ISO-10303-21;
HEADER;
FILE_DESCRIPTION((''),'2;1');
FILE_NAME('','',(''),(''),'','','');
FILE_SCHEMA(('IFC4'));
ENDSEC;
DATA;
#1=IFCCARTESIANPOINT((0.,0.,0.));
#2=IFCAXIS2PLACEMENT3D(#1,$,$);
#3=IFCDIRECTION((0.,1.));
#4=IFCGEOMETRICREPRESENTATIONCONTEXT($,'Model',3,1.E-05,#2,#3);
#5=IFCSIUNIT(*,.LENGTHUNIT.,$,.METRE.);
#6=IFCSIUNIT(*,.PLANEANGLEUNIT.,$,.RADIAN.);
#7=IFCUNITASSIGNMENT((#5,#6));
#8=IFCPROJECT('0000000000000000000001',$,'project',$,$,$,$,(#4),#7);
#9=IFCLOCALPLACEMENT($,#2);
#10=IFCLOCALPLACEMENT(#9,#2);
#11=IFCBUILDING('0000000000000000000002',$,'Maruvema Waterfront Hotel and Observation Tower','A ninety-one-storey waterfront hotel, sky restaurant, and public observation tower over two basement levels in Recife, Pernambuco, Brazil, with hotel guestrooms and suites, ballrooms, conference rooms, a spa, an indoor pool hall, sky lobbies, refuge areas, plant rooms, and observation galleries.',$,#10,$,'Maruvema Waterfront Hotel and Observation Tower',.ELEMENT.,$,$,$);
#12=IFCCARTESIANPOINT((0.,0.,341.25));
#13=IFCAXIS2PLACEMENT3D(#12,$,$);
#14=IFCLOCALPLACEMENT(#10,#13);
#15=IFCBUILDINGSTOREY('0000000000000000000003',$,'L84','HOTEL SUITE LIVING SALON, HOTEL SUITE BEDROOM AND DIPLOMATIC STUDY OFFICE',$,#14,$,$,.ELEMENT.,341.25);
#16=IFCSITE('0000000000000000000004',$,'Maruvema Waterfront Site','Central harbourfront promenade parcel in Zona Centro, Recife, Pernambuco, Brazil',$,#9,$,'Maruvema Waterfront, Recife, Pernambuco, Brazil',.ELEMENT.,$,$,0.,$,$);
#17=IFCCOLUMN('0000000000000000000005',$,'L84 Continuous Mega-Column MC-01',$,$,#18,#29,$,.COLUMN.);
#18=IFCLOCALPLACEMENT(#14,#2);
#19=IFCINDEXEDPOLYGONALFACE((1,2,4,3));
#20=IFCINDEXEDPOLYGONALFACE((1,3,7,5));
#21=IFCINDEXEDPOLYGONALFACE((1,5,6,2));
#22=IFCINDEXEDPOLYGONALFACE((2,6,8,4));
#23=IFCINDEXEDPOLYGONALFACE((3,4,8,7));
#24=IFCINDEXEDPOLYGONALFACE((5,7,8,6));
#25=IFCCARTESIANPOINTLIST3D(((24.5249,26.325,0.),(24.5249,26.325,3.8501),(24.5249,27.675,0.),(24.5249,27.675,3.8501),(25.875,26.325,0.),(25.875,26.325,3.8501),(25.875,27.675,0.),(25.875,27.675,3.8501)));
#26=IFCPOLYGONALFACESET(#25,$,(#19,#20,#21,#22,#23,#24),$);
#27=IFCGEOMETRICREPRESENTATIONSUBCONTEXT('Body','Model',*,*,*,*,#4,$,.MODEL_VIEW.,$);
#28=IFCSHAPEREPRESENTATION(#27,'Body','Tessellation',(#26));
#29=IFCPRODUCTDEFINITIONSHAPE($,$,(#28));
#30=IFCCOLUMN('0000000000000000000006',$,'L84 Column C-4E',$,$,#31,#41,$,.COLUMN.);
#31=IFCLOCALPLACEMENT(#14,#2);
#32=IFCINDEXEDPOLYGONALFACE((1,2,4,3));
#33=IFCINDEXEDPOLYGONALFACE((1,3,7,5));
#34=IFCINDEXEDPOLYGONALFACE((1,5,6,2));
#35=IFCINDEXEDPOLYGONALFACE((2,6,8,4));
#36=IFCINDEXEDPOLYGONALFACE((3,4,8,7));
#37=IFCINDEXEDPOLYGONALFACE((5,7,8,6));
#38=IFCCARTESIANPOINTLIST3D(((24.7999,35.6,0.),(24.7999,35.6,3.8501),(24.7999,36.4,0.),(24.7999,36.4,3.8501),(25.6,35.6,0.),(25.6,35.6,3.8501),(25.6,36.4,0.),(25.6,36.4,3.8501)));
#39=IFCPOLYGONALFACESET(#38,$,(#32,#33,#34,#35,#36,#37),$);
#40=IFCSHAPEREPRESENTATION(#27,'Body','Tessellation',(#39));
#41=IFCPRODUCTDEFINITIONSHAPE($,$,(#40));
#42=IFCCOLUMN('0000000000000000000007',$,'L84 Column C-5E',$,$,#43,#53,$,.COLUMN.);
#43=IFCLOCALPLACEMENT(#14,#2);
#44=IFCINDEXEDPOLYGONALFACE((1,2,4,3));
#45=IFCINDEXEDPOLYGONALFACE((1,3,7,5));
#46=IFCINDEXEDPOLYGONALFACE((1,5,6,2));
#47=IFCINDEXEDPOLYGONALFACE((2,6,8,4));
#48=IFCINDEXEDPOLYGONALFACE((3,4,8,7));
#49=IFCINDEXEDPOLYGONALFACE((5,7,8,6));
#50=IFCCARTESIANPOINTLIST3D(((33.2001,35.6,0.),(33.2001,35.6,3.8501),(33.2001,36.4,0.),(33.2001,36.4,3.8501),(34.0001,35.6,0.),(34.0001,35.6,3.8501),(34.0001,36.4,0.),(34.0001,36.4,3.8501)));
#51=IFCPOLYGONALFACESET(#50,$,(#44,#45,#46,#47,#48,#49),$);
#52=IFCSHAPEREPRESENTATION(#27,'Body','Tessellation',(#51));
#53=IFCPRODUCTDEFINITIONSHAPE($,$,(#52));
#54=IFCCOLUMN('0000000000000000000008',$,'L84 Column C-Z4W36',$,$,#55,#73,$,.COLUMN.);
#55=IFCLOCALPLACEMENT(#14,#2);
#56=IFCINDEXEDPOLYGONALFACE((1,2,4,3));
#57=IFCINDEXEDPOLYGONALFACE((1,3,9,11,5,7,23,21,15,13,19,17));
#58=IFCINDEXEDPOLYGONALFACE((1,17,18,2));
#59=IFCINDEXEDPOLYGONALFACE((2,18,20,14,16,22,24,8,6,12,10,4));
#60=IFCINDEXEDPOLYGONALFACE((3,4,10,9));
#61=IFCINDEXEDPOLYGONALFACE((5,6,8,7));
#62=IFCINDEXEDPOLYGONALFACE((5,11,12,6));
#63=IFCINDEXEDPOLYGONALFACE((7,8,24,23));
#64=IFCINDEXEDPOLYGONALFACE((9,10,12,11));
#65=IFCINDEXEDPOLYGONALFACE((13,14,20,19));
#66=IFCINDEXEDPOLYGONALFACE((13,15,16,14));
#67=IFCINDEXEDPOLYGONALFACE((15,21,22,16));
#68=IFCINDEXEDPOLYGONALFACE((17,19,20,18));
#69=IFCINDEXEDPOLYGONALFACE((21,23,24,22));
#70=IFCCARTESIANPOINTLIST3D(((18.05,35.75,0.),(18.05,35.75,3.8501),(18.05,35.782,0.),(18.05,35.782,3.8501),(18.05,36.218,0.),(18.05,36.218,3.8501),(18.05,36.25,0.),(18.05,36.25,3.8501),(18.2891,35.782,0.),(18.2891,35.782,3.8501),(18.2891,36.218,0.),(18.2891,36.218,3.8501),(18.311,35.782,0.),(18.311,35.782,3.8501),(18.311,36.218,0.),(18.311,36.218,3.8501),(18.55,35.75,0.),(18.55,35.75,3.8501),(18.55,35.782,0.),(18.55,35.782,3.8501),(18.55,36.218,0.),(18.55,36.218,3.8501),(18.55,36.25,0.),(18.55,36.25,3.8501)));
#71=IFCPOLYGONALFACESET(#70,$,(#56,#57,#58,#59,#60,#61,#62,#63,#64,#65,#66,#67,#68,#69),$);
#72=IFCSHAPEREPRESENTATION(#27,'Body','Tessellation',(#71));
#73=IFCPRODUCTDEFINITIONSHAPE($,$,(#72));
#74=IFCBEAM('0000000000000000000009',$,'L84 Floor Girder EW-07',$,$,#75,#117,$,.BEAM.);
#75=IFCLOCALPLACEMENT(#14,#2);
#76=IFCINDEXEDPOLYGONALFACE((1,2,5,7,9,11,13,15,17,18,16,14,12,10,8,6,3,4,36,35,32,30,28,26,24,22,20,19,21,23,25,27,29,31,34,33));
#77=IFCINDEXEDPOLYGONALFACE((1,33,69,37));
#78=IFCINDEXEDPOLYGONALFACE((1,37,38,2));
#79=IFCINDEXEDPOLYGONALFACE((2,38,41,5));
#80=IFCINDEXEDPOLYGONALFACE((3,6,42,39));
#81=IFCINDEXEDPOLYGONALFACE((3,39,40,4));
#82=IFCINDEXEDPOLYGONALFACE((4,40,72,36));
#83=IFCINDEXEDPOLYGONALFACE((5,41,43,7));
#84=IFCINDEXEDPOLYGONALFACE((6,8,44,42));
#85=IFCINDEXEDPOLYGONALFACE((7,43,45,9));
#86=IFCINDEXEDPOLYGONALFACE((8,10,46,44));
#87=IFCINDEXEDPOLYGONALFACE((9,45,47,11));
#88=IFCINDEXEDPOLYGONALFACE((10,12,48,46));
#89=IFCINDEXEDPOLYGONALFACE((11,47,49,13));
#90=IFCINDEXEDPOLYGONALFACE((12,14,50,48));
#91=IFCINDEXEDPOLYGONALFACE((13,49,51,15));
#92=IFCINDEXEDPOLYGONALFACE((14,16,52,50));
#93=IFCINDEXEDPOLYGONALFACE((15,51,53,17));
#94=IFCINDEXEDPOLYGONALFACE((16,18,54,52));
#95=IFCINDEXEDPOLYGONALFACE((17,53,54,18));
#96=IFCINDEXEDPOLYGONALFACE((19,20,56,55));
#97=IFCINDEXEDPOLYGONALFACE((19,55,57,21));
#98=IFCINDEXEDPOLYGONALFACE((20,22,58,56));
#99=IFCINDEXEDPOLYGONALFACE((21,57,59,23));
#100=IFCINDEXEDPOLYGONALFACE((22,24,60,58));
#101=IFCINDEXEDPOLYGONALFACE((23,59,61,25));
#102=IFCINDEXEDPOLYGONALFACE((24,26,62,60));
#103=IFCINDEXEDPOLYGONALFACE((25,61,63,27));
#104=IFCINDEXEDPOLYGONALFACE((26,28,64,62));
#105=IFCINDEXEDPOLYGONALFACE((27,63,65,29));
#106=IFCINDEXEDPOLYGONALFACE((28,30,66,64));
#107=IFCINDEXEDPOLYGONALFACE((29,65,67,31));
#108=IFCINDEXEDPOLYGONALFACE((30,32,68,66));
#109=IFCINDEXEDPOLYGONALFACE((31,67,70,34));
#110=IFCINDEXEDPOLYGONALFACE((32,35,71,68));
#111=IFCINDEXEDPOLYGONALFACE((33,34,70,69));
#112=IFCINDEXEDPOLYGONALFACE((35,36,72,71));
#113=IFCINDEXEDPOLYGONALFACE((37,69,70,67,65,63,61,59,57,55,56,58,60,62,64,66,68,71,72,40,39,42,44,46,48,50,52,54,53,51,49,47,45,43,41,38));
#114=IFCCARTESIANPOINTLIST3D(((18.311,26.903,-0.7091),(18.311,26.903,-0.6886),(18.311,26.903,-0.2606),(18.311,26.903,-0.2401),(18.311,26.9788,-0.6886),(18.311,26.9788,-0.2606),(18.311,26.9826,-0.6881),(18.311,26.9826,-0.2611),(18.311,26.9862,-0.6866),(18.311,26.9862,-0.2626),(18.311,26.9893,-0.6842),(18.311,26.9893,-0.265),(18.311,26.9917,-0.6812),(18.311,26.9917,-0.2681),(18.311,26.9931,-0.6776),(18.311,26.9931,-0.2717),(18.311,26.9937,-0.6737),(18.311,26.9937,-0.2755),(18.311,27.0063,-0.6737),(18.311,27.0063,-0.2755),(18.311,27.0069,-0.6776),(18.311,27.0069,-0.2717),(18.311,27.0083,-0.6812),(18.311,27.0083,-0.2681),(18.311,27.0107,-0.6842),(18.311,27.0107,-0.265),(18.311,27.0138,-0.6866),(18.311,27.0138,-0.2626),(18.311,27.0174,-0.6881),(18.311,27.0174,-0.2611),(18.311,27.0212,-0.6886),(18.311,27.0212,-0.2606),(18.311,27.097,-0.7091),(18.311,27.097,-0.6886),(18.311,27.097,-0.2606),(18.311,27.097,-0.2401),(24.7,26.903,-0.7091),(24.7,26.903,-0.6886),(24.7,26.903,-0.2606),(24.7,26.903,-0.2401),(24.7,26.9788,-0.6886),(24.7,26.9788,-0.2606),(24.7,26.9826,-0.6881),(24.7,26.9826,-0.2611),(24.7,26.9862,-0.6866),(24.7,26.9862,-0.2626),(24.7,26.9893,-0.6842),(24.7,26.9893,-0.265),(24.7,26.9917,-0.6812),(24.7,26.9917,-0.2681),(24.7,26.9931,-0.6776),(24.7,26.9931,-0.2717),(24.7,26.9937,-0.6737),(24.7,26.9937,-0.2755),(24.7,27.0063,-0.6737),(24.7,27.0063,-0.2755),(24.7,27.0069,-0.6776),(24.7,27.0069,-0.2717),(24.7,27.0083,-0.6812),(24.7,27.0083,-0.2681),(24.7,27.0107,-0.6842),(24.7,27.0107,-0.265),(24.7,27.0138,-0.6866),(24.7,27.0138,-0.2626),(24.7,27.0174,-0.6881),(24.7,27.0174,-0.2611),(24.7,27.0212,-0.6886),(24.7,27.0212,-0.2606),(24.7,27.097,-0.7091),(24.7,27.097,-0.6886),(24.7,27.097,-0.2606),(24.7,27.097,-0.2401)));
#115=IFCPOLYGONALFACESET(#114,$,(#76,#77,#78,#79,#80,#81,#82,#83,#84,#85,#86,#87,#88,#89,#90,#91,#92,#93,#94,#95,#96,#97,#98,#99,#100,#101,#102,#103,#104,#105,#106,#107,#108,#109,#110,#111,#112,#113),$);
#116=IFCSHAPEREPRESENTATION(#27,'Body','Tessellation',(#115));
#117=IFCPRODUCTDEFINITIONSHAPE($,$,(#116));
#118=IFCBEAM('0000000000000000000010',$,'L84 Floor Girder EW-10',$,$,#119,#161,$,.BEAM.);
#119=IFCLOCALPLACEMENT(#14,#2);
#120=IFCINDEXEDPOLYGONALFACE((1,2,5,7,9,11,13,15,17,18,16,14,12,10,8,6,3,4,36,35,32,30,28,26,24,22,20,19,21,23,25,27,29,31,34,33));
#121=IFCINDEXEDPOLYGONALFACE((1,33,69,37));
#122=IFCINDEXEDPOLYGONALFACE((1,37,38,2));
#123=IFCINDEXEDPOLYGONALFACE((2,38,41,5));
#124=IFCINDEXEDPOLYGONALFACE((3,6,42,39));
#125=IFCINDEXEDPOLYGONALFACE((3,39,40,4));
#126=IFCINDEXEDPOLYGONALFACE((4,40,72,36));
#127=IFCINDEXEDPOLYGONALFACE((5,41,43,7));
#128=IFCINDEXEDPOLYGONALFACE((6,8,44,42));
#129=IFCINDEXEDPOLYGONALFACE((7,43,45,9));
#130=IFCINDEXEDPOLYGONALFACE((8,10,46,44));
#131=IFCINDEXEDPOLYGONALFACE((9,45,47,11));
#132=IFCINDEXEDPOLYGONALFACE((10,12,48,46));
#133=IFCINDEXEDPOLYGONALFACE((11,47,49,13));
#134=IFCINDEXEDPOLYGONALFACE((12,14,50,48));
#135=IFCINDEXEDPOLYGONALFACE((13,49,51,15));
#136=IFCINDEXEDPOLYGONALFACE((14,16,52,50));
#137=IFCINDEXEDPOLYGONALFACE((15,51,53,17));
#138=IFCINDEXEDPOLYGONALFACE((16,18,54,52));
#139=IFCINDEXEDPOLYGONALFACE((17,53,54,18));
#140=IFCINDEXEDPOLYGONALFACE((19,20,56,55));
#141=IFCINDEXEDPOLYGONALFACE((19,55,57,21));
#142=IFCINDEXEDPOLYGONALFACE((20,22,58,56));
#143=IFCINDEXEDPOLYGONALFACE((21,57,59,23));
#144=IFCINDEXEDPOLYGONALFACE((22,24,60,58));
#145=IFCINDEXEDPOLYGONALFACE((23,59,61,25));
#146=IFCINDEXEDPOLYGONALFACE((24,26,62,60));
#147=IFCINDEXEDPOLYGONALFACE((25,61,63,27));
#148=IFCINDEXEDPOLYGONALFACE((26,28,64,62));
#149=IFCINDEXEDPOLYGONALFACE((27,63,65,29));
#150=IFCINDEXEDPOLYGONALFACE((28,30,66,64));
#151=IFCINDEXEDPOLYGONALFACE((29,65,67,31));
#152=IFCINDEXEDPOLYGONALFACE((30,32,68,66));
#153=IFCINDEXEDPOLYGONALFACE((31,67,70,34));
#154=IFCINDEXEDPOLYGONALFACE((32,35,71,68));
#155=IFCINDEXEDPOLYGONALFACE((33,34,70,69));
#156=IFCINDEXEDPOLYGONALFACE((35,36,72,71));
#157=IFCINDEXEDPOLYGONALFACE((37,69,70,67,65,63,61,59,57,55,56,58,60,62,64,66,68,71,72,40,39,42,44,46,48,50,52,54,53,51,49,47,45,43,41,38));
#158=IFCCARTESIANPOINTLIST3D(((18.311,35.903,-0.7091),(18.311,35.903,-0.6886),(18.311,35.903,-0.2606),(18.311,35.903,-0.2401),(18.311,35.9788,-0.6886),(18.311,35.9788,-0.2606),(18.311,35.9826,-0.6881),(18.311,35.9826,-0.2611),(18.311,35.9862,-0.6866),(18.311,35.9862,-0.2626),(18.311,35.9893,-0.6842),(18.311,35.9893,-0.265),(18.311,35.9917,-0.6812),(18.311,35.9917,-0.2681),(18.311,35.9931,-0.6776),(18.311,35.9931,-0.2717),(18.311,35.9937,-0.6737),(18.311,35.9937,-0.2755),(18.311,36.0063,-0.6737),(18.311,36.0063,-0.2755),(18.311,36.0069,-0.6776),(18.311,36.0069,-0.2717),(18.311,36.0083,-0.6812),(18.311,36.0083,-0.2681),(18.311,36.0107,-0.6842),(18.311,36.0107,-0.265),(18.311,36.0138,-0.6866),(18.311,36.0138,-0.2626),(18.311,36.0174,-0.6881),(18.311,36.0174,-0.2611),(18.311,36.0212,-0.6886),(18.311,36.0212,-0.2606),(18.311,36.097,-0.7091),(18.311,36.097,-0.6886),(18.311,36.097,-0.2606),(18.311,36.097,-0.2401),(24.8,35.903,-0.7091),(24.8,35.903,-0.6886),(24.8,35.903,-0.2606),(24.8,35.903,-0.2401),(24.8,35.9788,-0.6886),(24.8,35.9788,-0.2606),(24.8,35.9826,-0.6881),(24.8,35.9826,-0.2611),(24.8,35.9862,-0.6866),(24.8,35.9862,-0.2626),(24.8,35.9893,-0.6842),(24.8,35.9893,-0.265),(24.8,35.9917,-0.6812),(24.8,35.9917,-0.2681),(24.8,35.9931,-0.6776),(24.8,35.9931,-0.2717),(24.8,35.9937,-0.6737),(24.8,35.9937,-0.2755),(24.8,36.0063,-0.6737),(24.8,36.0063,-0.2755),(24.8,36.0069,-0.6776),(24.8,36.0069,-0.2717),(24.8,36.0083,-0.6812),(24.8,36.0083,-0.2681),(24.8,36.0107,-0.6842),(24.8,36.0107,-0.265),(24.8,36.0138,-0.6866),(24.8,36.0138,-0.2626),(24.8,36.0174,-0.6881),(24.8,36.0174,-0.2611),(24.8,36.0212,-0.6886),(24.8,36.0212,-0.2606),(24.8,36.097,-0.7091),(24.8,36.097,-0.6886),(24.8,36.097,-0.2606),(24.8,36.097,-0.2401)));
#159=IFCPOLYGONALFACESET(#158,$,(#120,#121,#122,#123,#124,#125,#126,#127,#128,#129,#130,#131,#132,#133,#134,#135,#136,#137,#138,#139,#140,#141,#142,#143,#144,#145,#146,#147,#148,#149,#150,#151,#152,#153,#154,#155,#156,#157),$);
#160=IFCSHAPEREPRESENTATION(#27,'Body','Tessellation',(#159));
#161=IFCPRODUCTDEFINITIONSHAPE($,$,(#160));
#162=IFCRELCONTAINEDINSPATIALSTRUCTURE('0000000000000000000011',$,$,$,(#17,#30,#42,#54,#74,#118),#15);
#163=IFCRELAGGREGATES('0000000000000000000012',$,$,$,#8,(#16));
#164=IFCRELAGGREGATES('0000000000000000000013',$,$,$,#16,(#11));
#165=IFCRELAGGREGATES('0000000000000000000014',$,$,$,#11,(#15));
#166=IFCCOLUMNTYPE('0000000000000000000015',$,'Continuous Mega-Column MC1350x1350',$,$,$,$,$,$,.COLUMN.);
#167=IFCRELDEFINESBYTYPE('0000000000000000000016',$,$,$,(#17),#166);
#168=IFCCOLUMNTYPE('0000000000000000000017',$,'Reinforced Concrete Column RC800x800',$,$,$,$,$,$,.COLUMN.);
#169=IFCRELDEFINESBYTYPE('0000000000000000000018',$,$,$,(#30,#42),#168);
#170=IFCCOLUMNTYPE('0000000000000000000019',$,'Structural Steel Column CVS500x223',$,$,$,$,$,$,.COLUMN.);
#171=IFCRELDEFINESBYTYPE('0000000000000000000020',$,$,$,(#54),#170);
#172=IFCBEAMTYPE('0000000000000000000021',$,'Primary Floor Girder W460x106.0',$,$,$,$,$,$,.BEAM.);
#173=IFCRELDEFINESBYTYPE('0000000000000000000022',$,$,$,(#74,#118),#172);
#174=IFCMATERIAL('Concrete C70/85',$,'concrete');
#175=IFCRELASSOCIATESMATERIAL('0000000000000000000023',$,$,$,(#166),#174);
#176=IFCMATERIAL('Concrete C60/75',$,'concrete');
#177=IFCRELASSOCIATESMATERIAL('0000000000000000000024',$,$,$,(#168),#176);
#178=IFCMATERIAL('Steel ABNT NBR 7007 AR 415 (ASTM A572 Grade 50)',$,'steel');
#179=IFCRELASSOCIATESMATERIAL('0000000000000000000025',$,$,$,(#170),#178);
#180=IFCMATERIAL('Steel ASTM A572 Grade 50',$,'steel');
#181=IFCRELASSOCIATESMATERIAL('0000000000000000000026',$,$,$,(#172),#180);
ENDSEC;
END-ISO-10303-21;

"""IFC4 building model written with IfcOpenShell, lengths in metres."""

from ifc_helpers import new_model, si_unit, direction, frame, origin, origin_2d, place, context, subcontext, project, spatial, rectangle, i_section, extrude, material, material_profile, profile_set, type_object, element, save


model = new_model("IFC4")

# Units and contexts
model_context = context("Model", 3, precision=1e-05, world=origin(), true_north=direction((0.0, 1.0)))
body_context = subcontext(model_context, "Body", "Model", "MODEL_VIEW")
ifc_project = project(units=[si_unit("LENGTHUNIT", "METRE"), si_unit("PLANEANGLEUNIT", "RADIAN")], contexts=[model_context])

# Site, building, storey
site_placement = place(None, origin())
site = spatial("IfcSite", under=ifc_project, at=site_placement, Name="Maruvema Waterfront Site", Description="Central harbourfront promenade parcel in Zona Centro, Recife, Pernambuco, Brazil", LongName="Maruvema Waterfront, Recife, Pernambuco, Brazil", CompositionType="ELEMENT", RefElevation=0.0)
building_placement = place(site_placement, origin())
building = spatial("IfcBuilding", under=site, at=building_placement, Name="Maruvema Waterfront Hotel and Observation Tower", Description="A ninety-one-storey waterfront hotel, sky restaurant, and public observation tower over two basement levels in Recife, Pernambuco, Brazil, with hotel guestrooms and suites, ballrooms, conference rooms, a spa, an indoor pool hall, sky lobbies, refuge areas, plant rooms, and observation galleries.", LongName="Maruvema Waterfront Hotel and Observation Tower", CompositionType="ELEMENT")
storey_placement = place(building_placement, frame((0.0, 0.0, 341.25)))
storey = spatial("IfcBuildingStorey", under=building, at=storey_placement, Name="L84", Description="HOTEL SUITE LIVING SALON, HOTEL SUITE BEDROOM AND DIPLOMATIC STUDY OFFICE", CompositionType="ELEMENT", Elevation=341.25)

# Columns
ifc_material_1 = material(Name="Concrete C70/85", Category="concrete")
ifc_material_profile_1 = material_profile(ifc_material_1, rectangle(XDim=1.3501, YDim=1.3501, at=origin_2d()), Name="MC1350x1350")
ifc_profile_set_1 = profile_set([ifc_material_profile_1], Name="Concrete C70/85")
column_type_1 = type_object("IfcColumnType", Name="Continuous Mega-Column MC1350x1350", PredefinedType="COLUMN", material=ifc_profile_set_1)
column_1_placement = place(storey_placement, frame((25.2, 27.0, 0.0), z_axis=(0.0, 0.0, 1.0), x_axis=(1.0, 0.0, 0.0)))
element("IfcColumn", 1, at=column_1_placement, inside=storey, type_object=column_type_1, Name="L84 Continuous Mega-Column MC-01", PredefinedType="COLUMN", context=body_context, shape_type="SweptSolid", body=[
    extrude(rectangle(XDim=1.3501, YDim=1.3501, at=origin_2d()), origin(), (0.0, 0.0, 1.0), 3.8501),
])
ifc_material_2 = material(Name="Concrete C60/75", Category="concrete")
ifc_material_profile_2 = material_profile(ifc_material_2, rectangle(XDim=0.8, YDim=0.8, at=origin_2d()), Name="RC800x800")
ifc_profile_set_2 = profile_set([ifc_material_profile_2], Name="Concrete C60/75")
column_type_2 = type_object("IfcColumnType", Name="Reinforced Concrete Column RC800x800", PredefinedType="COLUMN", material=ifc_profile_set_2)
for number, where, z_axis, x_axis, name in (
    (2, (25.2, 36.0, 0.0), (0.0, 0.0, 1.0), (1.0, 0.0, 0.0), "L84 Column C-4E"),
    (3, (33.6001, 36.0, 0.0), (0.0, 0.0, 1.0), (1.0, 0.0, 0.0), "L84 Column C-5E"),
):
    element("IfcColumn", number, at=place(storey_placement, frame(where, z_axis=z_axis, x_axis=x_axis)), inside=storey, type_object=column_type_2, Name=name, PredefinedType="COLUMN", context=body_context, shape_type="SweptSolid", body=[
        extrude(rectangle(XDim=0.8, YDim=0.8, at=origin_2d()), origin(), (0.0, 0.0, 1.0), 3.8501),
    ])
ifc_material_3 = material(Name="Steel ABNT NBR 7007 AR 415 (ASTM A572 Grade 50)", Category="steel")
ifc_material_profile_3 = material_profile(ifc_material_3, i_section(OverallWidth=0.5, OverallDepth=0.5, WebThickness=0.022, FlangeThickness=0.032, at=origin_2d()), Name="CVS500x223")
ifc_profile_set_3 = profile_set([ifc_material_profile_3], Name="Steel ABNT NBR 7007 AR 415 (ASTM A572 Grade 50)")
column_type_3 = type_object("IfcColumnType", Name="Structural Steel Column CVS500x223", PredefinedType="COLUMN", material=ifc_profile_set_3)
column_2_placement = place(storey_placement, frame((18.3, 36.0, 0.0), z_axis=(0.0, 0.0, 1.0), x_axis=(1.0, 0.0, 0.0)))
element("IfcColumn", 4, at=column_2_placement, inside=storey, type_object=column_type_3, Name="L84 Column C-Z4W36", PredefinedType="COLUMN", context=body_context, shape_type="SweptSolid", body=[
    extrude(i_section(OverallWidth=0.5, OverallDepth=0.5, WebThickness=0.022, FlangeThickness=0.032, at=origin_2d()), origin(), (0.0, 0.0, 1.0), 3.8501),
])

# Beams
ifc_material_4 = material(Name="Steel ASTM A572 Grade 50", Category="steel")
ifc_material_profile_4 = material_profile(ifc_material_4, i_section(OverallWidth=0.1941, OverallDepth=0.469, WebThickness=0.0127, FlangeThickness=0.0205, FilletRadius=0.0149, at=origin_2d()), Name="W460x106.0")
ifc_profile_set_4 = profile_set([ifc_material_profile_4], Name="Steel ASTM A572 Grade 50")
beam_type_1 = type_object("IfcBeamType", Name="Primary Floor Girder W460x106.0", PredefinedType="BEAM", material=ifc_profile_set_4)
beam_1_placement = place(storey_placement, frame((18.311, 27.0, -0.4746), z_axis=(1.0, 0.0, 0.0), x_axis=(0.0, 1.0, 0.0)))
element("IfcBeam", 5, at=beam_1_placement, inside=storey, type_object=beam_type_1, Name="L84 Floor Girder EW-07", PredefinedType="BEAM", context=body_context, shape_type="SweptSolid", body=[
    extrude(i_section(OverallWidth=0.1941, OverallDepth=0.469, WebThickness=0.0127, FlangeThickness=0.0205, FilletRadius=0.0149, at=origin_2d()), origin(), (0.0, 0.0, 1.0), 6.3889),
])
beam_2_placement = place(storey_placement, frame((18.311, 36.0, -0.4746), z_axis=(1.0, 0.0, 0.0), x_axis=(0.0, 1.0, 0.0)))
element("IfcBeam", 6, at=beam_2_placement, inside=storey, type_object=beam_type_1, Name="L84 Floor Girder EW-10", PredefinedType="BEAM", context=body_context, shape_type="SweptSolid", body=[
    extrude(i_section(OverallWidth=0.1941, OverallDepth=0.469, WebThickness=0.0127, FlangeThickness=0.0205, FilletRadius=0.0149, at=origin_2d()), origin(), (0.0, 0.0, 1.0), 6.489),
])

save(model, "model.ifc")
